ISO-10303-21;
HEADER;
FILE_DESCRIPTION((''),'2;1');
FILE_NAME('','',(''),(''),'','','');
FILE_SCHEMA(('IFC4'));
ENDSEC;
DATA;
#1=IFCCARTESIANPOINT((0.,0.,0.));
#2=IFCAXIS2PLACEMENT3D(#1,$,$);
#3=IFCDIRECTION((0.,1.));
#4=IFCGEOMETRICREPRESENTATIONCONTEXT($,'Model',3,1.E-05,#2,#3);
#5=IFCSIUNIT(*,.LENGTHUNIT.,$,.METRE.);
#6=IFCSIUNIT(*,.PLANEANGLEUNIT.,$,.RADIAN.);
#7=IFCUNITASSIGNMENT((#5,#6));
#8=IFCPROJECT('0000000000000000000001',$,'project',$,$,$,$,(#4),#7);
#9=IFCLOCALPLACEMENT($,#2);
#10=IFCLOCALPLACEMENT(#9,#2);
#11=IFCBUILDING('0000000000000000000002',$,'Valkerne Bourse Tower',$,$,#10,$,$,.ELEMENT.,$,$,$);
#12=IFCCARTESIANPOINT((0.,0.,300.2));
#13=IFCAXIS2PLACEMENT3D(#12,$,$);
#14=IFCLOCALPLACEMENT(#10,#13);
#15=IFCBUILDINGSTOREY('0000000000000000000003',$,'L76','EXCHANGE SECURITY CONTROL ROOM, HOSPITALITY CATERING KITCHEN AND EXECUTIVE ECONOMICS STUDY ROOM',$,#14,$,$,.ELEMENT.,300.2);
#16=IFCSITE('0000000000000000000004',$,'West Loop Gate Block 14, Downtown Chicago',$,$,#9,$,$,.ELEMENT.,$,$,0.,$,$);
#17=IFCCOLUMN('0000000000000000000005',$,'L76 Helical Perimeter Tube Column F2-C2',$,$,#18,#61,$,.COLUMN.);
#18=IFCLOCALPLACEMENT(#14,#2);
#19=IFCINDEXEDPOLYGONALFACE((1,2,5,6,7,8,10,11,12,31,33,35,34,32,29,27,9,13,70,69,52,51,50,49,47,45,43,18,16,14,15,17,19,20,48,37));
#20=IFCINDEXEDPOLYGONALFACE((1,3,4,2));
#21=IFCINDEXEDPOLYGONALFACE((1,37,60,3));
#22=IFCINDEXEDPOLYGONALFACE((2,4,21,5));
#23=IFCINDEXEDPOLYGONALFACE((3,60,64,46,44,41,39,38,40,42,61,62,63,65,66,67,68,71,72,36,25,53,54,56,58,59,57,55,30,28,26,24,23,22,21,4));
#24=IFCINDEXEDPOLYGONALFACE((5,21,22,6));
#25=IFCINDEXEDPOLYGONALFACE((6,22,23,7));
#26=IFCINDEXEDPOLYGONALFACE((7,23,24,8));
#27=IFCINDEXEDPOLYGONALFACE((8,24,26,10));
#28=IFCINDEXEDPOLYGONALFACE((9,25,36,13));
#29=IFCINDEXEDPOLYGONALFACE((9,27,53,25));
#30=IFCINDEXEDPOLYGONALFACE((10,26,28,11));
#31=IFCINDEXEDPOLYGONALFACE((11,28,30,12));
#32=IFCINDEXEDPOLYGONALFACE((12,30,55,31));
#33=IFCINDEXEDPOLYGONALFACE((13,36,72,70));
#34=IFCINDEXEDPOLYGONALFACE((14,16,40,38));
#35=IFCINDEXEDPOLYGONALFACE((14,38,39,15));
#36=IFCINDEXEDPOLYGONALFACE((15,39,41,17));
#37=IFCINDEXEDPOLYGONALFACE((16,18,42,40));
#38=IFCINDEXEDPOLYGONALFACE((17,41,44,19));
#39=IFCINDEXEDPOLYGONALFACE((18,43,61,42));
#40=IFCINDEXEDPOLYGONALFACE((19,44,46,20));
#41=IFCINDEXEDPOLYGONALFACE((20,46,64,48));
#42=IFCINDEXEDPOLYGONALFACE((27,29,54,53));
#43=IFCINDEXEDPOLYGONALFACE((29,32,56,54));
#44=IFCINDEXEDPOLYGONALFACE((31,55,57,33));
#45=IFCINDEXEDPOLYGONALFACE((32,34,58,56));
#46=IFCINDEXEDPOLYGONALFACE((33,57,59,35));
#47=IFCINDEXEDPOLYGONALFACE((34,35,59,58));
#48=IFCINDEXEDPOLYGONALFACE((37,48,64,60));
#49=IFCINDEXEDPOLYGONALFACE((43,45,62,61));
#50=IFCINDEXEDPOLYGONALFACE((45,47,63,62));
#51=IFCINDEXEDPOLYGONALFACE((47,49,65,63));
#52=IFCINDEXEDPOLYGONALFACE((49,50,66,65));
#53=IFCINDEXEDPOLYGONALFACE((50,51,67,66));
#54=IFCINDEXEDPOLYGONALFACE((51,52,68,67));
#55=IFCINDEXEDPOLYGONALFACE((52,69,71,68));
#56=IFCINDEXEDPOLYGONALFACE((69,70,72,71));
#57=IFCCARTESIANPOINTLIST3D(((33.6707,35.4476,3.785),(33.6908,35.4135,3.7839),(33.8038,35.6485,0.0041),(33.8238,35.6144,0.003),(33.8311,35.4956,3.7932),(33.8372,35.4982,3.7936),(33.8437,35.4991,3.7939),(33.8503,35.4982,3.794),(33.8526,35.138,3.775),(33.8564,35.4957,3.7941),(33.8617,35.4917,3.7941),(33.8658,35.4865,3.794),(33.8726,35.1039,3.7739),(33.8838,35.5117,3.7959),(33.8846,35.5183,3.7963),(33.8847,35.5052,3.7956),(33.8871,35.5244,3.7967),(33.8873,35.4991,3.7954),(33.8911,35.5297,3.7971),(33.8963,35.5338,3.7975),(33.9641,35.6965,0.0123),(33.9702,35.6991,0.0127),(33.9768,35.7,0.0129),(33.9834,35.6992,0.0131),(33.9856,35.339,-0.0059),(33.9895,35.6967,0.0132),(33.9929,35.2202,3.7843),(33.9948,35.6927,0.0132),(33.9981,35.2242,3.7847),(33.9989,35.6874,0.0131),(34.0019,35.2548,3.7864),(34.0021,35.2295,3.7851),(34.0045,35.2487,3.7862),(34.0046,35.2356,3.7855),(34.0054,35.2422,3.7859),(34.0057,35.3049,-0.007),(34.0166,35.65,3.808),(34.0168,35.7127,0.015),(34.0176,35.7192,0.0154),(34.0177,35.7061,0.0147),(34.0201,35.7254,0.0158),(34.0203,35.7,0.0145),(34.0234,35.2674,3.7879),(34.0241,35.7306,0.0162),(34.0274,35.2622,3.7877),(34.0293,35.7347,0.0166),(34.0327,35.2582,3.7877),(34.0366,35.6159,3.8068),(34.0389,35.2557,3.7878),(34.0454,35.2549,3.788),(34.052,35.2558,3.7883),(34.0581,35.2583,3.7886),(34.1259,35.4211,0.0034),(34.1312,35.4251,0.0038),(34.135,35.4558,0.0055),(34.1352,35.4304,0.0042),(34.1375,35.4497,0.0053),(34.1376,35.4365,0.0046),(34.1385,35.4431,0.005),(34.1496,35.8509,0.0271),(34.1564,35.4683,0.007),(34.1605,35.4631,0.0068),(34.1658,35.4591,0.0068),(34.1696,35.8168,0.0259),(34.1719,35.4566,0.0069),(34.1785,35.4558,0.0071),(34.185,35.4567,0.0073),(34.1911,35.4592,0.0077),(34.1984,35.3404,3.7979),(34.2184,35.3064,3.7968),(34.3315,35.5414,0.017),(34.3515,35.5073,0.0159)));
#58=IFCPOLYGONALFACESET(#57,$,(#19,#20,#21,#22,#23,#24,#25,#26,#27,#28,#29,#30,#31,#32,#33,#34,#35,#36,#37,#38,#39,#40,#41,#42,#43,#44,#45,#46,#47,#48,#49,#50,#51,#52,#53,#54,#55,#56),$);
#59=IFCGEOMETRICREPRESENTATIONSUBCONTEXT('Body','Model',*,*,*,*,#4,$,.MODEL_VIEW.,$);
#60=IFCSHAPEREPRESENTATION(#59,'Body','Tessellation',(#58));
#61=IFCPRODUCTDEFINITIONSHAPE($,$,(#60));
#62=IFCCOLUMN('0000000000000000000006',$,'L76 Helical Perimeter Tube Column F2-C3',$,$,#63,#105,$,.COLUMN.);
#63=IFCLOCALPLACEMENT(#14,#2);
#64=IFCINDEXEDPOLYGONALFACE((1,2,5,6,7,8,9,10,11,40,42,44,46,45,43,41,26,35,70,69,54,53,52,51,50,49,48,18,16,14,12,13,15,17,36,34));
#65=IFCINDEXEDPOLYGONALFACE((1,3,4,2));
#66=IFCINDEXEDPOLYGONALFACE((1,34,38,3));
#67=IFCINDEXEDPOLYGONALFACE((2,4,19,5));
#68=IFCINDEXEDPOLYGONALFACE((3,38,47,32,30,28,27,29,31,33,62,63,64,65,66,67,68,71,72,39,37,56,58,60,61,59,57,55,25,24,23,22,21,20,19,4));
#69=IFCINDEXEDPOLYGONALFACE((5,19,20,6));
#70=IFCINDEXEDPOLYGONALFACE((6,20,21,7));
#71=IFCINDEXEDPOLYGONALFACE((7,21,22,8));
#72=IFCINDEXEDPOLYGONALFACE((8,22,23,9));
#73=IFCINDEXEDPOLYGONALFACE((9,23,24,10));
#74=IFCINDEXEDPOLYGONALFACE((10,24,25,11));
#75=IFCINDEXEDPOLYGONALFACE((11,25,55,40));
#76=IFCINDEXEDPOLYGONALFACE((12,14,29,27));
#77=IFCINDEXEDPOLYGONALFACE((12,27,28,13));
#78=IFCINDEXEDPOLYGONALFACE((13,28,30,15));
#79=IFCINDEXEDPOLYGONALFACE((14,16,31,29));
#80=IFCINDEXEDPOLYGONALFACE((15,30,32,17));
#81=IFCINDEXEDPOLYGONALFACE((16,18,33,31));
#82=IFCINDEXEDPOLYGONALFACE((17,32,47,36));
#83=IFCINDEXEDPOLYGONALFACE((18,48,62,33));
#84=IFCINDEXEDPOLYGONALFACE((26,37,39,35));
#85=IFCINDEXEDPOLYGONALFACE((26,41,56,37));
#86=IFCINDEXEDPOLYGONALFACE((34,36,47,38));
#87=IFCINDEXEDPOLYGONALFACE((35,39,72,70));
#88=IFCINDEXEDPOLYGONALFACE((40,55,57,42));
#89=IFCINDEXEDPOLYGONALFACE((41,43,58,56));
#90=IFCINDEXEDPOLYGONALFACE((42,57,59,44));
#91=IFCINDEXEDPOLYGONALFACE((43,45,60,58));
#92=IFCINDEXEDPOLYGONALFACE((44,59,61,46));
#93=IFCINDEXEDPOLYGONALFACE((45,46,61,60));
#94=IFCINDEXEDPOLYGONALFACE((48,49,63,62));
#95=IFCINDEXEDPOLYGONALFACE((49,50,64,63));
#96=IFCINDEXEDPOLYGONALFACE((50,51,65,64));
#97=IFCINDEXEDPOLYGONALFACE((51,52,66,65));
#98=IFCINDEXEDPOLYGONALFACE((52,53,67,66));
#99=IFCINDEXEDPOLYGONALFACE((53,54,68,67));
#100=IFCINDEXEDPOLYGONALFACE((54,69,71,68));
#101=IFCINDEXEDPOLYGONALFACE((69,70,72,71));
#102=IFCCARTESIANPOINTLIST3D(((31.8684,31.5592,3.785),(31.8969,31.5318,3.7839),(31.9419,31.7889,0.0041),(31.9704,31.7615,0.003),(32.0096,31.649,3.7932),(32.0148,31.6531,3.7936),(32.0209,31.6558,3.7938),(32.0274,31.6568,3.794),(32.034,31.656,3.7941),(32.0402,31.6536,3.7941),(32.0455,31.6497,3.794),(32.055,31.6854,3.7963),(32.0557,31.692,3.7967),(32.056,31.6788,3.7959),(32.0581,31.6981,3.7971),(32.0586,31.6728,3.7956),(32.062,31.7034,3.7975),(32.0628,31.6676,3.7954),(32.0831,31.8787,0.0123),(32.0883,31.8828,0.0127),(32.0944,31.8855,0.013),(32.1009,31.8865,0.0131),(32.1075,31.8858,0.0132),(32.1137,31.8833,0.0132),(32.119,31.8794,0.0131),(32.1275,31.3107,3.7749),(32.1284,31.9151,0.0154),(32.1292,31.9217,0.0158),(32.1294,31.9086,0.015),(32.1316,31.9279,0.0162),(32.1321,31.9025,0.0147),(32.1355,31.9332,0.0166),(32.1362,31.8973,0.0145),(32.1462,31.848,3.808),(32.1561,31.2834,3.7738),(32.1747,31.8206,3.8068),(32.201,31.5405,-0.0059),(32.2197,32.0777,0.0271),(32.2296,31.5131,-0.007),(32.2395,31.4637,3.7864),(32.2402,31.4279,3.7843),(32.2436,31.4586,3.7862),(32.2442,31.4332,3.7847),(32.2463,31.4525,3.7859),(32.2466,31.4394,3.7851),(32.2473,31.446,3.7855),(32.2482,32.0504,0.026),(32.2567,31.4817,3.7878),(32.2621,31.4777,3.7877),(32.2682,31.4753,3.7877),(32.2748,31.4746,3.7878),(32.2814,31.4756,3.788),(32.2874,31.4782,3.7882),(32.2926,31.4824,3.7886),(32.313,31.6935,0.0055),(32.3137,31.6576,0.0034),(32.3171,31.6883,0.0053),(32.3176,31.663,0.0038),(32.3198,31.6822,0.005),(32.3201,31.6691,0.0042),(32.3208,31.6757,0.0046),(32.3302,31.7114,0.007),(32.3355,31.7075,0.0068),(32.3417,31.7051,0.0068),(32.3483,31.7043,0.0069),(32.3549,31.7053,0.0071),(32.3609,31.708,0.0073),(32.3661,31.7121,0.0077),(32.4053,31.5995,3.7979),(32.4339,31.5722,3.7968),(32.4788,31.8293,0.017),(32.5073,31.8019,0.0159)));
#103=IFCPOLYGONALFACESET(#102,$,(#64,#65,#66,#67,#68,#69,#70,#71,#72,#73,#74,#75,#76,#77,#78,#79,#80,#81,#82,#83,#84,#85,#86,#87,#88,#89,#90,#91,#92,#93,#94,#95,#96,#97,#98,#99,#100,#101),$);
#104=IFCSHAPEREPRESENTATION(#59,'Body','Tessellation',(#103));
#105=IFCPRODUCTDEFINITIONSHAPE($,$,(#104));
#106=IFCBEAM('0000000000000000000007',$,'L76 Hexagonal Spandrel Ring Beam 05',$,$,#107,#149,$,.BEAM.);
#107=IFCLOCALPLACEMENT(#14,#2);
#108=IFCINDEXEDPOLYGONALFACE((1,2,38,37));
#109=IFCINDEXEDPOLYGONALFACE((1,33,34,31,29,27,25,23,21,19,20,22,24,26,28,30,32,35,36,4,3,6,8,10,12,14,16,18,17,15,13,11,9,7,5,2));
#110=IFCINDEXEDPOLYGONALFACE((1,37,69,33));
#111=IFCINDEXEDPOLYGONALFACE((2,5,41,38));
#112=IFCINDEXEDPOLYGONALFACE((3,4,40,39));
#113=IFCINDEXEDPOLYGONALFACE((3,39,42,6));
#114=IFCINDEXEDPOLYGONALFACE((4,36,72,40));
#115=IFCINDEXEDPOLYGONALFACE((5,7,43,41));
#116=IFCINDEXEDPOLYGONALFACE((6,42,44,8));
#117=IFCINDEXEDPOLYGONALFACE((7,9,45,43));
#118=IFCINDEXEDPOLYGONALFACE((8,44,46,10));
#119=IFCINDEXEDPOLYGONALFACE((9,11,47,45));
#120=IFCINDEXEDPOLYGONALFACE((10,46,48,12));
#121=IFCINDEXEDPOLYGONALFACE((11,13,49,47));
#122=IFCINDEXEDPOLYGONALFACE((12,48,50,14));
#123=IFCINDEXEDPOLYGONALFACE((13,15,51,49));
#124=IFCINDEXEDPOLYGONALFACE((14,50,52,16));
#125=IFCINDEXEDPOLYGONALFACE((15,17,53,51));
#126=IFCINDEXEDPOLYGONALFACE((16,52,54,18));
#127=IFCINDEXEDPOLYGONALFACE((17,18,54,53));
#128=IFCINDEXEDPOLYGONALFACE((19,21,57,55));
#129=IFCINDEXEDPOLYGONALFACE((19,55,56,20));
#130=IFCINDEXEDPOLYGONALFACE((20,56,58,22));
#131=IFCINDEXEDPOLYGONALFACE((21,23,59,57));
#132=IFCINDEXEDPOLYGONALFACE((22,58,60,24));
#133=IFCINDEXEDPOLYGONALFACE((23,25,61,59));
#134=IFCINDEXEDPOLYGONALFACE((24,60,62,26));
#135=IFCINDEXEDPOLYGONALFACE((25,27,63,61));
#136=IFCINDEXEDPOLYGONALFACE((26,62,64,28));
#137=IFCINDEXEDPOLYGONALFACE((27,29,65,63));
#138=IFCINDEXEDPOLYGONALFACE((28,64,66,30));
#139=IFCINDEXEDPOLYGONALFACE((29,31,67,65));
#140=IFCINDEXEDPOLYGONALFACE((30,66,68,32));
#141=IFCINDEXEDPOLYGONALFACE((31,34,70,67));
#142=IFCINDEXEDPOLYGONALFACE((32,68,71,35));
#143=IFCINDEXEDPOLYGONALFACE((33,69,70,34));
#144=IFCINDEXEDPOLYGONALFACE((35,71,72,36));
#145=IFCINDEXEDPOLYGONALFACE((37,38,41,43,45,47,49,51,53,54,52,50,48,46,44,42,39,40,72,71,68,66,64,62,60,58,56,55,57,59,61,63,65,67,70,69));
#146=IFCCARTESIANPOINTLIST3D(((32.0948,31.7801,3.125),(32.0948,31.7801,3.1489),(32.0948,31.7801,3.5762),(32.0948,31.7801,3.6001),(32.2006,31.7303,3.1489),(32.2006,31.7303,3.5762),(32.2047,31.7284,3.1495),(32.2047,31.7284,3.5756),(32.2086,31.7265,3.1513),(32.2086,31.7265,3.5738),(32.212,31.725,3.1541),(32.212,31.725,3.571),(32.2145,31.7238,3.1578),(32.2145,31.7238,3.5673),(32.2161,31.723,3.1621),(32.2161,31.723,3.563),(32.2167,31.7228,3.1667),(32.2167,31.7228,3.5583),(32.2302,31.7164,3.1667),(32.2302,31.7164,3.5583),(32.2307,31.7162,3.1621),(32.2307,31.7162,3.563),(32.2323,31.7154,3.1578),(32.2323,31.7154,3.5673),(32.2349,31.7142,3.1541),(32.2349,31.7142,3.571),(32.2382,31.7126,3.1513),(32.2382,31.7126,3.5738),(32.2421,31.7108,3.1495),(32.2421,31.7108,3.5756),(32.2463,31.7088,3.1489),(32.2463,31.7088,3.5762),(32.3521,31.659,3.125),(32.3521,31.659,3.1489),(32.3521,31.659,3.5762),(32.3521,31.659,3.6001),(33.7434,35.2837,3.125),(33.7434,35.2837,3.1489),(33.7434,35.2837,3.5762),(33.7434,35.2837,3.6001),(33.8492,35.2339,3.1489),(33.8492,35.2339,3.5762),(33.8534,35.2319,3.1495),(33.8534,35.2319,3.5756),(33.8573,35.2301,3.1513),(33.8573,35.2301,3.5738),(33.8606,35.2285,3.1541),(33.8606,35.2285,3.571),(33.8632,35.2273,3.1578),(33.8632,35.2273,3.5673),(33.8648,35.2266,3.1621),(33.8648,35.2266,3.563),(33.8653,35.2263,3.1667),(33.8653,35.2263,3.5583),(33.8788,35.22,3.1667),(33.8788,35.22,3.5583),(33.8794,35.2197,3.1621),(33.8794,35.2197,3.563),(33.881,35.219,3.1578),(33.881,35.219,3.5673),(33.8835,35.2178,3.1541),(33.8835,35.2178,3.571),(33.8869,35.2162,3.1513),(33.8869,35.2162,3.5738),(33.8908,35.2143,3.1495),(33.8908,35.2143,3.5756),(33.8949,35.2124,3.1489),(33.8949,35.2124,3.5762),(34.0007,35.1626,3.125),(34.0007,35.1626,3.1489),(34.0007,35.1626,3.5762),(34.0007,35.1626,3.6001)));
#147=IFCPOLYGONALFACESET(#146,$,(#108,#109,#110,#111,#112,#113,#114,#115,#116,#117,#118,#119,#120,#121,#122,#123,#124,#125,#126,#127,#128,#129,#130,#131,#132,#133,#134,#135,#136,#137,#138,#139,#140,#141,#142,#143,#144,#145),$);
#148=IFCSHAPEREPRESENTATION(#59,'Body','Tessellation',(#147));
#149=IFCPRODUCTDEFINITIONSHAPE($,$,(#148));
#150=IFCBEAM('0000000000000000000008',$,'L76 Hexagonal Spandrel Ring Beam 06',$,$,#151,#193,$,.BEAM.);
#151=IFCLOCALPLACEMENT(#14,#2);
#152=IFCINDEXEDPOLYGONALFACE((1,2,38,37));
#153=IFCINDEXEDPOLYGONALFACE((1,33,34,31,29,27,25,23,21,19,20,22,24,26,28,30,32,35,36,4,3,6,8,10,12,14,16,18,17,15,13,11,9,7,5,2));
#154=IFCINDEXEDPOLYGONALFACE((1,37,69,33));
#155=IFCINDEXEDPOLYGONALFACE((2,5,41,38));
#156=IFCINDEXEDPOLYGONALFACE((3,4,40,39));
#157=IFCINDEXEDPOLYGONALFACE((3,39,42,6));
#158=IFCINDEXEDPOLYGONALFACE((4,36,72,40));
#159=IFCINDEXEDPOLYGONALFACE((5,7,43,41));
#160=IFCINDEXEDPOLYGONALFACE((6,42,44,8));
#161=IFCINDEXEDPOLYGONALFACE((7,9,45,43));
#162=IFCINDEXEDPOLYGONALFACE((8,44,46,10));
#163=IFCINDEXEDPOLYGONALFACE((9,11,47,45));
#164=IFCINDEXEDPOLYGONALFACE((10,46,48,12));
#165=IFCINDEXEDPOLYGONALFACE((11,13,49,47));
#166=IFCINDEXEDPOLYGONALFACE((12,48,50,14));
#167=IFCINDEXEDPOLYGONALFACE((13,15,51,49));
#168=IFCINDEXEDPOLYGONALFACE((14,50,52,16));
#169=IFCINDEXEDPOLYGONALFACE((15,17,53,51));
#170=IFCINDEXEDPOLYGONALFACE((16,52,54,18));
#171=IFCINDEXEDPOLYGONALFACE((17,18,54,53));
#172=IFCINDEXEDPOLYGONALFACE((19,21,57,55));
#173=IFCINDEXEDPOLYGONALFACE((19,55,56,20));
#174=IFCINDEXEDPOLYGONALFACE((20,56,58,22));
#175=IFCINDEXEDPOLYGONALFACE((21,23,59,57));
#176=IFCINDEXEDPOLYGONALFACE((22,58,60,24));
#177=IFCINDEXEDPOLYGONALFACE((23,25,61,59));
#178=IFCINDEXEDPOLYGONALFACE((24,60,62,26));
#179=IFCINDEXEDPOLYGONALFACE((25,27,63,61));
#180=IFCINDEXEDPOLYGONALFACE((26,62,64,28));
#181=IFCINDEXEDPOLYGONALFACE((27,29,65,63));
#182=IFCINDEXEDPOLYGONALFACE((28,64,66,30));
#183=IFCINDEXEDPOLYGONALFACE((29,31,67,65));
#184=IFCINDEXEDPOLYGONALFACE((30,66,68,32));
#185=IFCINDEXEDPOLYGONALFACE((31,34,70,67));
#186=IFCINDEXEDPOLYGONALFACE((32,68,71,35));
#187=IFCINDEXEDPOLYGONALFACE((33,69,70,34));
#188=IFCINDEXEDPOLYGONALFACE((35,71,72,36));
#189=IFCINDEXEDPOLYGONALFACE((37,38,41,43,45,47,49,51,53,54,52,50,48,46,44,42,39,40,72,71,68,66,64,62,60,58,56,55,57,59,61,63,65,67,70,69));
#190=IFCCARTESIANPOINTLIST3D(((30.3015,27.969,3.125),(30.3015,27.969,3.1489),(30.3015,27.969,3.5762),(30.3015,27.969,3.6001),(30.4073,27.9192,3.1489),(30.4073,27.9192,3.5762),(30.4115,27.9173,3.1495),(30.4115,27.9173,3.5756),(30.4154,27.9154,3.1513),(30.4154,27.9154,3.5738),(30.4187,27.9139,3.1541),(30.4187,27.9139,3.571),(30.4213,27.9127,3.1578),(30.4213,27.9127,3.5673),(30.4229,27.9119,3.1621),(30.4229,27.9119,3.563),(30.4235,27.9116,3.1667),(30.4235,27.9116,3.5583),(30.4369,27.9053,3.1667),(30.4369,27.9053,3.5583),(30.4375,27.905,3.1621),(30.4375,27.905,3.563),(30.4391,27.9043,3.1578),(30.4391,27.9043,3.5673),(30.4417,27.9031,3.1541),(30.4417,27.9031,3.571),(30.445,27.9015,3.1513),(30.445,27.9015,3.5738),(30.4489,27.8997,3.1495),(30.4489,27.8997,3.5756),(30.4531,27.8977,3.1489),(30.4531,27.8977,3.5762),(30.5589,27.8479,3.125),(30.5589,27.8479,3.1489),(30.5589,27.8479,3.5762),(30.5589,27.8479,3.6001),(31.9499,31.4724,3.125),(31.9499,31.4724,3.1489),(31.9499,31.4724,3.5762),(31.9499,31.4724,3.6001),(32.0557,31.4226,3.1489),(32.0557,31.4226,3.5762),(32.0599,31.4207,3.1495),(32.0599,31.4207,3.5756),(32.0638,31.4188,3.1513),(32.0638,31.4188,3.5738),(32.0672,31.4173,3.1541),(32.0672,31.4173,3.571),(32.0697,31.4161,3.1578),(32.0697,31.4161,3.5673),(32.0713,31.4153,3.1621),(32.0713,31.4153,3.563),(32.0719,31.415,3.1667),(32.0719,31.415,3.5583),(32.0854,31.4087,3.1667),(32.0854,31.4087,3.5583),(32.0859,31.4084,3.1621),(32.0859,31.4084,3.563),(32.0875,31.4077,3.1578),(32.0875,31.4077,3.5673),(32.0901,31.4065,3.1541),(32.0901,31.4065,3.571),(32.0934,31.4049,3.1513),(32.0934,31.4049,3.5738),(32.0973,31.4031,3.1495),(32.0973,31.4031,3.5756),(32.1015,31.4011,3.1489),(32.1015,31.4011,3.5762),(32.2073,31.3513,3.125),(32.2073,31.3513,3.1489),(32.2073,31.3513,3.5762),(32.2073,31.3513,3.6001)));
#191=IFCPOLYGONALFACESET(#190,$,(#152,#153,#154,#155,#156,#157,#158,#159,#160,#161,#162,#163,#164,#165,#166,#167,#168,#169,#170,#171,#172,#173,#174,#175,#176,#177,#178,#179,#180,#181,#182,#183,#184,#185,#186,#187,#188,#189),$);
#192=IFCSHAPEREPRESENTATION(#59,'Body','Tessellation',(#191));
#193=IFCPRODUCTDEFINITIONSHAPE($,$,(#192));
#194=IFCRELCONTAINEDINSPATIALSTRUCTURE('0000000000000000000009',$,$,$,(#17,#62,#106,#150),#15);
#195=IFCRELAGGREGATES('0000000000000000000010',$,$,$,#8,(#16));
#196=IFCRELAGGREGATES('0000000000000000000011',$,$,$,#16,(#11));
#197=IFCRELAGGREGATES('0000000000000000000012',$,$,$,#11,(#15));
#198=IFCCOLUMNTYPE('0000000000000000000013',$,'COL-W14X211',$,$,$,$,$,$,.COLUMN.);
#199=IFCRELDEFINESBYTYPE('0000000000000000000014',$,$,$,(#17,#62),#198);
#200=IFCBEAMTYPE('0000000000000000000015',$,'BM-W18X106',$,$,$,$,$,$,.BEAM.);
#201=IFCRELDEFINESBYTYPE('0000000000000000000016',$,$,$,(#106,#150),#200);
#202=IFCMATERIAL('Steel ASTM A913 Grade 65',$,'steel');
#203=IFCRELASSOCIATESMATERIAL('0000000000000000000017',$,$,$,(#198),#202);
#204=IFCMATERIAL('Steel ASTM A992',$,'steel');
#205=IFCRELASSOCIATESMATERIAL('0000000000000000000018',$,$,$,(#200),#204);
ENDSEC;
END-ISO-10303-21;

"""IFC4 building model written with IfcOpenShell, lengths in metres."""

from ifc_helpers import new_model, si_unit, direction, frame, origin, origin_2d, place, context, subcontext, project, spatial, i_section, extrude, material, material_profile, profile_set, type_object, element, save


model = new_model("IFC4")

# Units and contexts
model_context = context("Model", 3, precision=1e-05, world=origin(), true_north=direction((0.0, 1.0)))
body_context = subcontext(model_context, "Body", "Model", "MODEL_VIEW")
ifc_project = project(units=[si_unit("LENGTHUNIT", "METRE"), si_unit("PLANEANGLEUNIT", "RADIAN")], contexts=[model_context])

# Site, building, storey
site_placement = place(None, origin())
site = spatial("IfcSite", under=ifc_project, at=site_placement, Name="West Loop Gate Block 14, Downtown Chicago", CompositionType="ELEMENT", RefElevation=0.0)
building_placement = place(site_placement, origin())
building = spatial("IfcBuilding", under=site, at=building_placement, Name="Valkerne Bourse Tower", CompositionType="ELEMENT")
storey_placement = place(building_placement, frame((0.0, 0.0, 300.2)))
storey = spatial("IfcBuildingStorey", under=building, at=storey_placement, Name="L76", Description="EXCHANGE SECURITY CONTROL ROOM, HOSPITALITY CATERING KITCHEN AND EXECUTIVE ECONOMICS STUDY ROOM", CompositionType="ELEMENT", Elevation=300.2)

# Columns
ifc_material_1 = material(Name="Steel ASTM A913 Grade 65", Category="steel")
ifc_material_profile_1 = material_profile(ifc_material_1, i_section(OverallWidth=0.4014, OverallDepth=0.3987, WebThickness=0.0249, FlangeThickness=0.0396, FilletRadius=0.0254, at=origin_2d()), Name="W14X211")
ifc_profile_set_1 = profile_set([ifc_material_profile_1], Name="Steel ASTM A913 Grade 65")
column_type = type_object("IfcColumnType", Name="COL-W14X211", PredefinedType="COLUMN", material=ifc_profile_set_1)
for number, where, z_axis, x_axis, name in (
    (1, (34.0776, 35.5779, 0.01), (-0.03512, -0.053034, 0.997975), (-0.861624, -0.504322, -0.057122), "L76 Helical Perimeter Tube Column F2-C2"),
    (2, (32.2246, 31.7954, 0.01), (-0.019396, -0.060637, 0.997971), (-0.692067, -0.719565, -0.057172), "L76 Helical Perimeter Tube Column F2-C3"),
):
    element("IfcColumn", number, at=place(storey_placement, frame(where, z_axis=z_axis, x_axis=x_axis)), inside=storey, type_object=column_type, Name=name, PredefinedType="COLUMN", context=body_context, shape_type="SweptSolid", body=[
        extrude(i_section(OverallWidth=0.4014, OverallDepth=0.3987, WebThickness=0.0249, FlangeThickness=0.0396, FilletRadius=0.0254, at=origin_2d()), origin(), (0.0, 0.0, 1.0), 3.7886),
    ])

# Beams
ifc_material_2 = material(Name="Steel ASTM A992", Category="steel")
ifc_material_profile_2 = material_profile(ifc_material_2, i_section(OverallWidth=0.2844, OverallDepth=0.4751, WebThickness=0.0149, FlangeThickness=0.0239, FilletRadius=0.0178, at=origin_2d()), Name="W18X106")
ifc_profile_set_2 = profile_set([ifc_material_profile_2], Name="Steel ASTM A992")
beam_type_1 = type_object("IfcBeamType", Name="BM-W18X106", PredefinedType="BEAM", material=ifc_profile_set_2)
beam_1_placement = place(storey_placement, frame((33.8721, 35.2231, 3.3625), z_axis=(-0.425776, -0.904829, 0.0), x_axis=(0.904829, -0.425776, 0.0)))
element("IfcBeam", 3, at=beam_1_placement, inside=storey, type_object=beam_type_1, Name="L76 Hexagonal Spandrel Ring Beam 05", PredefinedType="BEAM", context=body_context, shape_type="SweptSolid", body=[
    extrude(i_section(OverallWidth=0.2844, OverallDepth=0.4751, WebThickness=0.0149, FlangeThickness=0.0239, FilletRadius=0.0178, at=origin_2d()), origin(), (0.0, 0.0, 1.0), 3.8721),
])
beam_2_placement = place(storey_placement, frame((32.0786, 31.4119, 3.3625), z_axis=(-0.425748, -0.904842, 0.0), x_axis=(0.904842, -0.425748, 0.0)))
element("IfcBeam", 4, at=beam_2_placement, inside=storey, type_object=beam_type_1, Name="L76 Hexagonal Spandrel Ring Beam 06", PredefinedType="BEAM", context=body_context, shape_type="SweptSolid", body=[
    extrude(i_section(OverallWidth=0.2844, OverallDepth=0.4751, WebThickness=0.0149, FlangeThickness=0.0239, FilletRadius=0.0178, at=origin_2d()), origin(), (0.0, 0.0, 1.0), 3.8718),
])

save(model, "model.ifc")
